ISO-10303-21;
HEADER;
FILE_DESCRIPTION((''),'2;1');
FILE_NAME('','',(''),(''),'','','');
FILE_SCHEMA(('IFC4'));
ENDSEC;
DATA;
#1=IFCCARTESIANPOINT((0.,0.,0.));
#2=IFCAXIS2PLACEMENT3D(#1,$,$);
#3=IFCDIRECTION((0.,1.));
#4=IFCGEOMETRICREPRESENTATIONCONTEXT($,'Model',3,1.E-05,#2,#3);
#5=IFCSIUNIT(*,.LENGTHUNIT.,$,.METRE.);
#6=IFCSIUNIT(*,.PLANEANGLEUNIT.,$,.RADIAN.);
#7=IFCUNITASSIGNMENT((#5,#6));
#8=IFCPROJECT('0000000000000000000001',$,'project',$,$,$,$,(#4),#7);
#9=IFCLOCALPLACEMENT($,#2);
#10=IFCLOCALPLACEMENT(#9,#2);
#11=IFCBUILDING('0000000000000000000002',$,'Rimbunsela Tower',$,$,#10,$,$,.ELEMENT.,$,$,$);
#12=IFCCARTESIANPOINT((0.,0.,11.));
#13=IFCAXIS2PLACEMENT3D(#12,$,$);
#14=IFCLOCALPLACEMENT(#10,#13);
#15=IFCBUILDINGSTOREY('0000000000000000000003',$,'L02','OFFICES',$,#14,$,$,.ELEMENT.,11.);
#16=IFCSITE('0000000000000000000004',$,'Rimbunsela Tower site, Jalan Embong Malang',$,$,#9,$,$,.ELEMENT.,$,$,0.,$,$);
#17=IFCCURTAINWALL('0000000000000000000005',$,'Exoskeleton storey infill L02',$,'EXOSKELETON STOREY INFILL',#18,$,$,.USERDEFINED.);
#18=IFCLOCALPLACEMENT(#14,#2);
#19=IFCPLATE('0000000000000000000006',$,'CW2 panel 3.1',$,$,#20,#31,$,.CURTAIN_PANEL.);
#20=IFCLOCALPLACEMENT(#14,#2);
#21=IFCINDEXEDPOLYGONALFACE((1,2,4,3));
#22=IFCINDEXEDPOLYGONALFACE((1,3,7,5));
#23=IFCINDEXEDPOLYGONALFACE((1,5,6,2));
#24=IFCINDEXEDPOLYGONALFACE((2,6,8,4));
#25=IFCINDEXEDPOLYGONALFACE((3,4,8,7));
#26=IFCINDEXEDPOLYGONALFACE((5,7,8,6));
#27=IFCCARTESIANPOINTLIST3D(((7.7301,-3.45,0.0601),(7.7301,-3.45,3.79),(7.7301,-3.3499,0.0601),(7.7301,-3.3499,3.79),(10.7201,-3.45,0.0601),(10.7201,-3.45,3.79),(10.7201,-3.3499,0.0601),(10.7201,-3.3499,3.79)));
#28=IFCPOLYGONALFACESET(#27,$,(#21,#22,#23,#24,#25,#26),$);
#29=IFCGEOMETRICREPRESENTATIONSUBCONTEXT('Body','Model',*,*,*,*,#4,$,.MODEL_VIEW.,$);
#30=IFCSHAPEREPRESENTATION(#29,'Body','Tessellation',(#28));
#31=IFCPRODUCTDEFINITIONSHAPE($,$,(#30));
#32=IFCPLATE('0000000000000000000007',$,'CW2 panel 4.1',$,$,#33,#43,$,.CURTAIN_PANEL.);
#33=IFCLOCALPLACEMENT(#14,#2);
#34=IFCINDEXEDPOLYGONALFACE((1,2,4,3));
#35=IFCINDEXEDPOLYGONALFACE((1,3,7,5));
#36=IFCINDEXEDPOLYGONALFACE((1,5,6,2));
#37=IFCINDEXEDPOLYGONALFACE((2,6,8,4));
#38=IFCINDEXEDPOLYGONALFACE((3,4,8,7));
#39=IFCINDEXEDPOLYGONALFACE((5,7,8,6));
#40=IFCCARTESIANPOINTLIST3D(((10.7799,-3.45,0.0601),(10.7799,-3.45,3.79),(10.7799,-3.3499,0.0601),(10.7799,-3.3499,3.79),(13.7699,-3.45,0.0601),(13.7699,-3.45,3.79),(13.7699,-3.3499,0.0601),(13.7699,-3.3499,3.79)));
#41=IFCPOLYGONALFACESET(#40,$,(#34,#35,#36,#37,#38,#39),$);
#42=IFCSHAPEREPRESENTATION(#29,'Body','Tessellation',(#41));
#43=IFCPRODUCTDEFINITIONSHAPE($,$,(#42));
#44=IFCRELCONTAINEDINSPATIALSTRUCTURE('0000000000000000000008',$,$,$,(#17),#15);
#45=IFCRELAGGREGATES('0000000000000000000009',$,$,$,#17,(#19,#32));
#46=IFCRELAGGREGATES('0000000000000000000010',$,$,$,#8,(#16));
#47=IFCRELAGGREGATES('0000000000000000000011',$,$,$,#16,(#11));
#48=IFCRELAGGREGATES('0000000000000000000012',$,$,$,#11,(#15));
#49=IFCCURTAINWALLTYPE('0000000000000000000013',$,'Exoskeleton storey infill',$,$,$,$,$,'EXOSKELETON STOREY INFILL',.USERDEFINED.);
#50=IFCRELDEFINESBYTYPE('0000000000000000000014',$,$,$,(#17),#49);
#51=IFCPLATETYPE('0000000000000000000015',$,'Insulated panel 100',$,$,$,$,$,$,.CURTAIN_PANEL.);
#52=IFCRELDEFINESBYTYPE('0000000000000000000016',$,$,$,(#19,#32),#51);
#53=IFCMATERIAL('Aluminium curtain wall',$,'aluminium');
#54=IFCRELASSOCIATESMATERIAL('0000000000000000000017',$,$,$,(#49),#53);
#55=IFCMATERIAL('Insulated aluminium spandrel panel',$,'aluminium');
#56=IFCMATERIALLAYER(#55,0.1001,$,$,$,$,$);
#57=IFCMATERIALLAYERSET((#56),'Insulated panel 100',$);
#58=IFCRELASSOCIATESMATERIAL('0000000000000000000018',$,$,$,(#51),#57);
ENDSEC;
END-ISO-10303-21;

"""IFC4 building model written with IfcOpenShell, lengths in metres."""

from ifc_helpers import new_model, si_unit, direction, frame, origin, origin_2d, place, context, subcontext, project, spatial, rectangle, extrude, material, layer, layer_set, type_object, element, aggregate, save


model = new_model("IFC4")

# Units and contexts
model_context = context("Model", 3, precision=1e-05, world=origin(), true_north=direction((0.0, 1.0)))
body_context = subcontext(model_context, "Body", "Model", "MODEL_VIEW")
ifc_project = project(units=[si_unit("LENGTHUNIT", "METRE"), si_unit("PLANEANGLEUNIT", "RADIAN")], contexts=[model_context])

# Site, building, storey
site_placement = place(None, origin())
site = spatial("IfcSite", under=ifc_project, at=site_placement, Name="Rimbunsela Tower site, Jalan Embong Malang", CompositionType="ELEMENT", RefElevation=0.0)
building_placement = place(site_placement, origin())
building = spatial("IfcBuilding", under=site, at=building_placement, Name="Rimbunsela Tower", CompositionType="ELEMENT")
storey_placement = place(building_placement, frame((0.0, 0.0, 11.0)))
storey = spatial("IfcBuildingStorey", under=building, at=storey_placement, Name="L02", Description="OFFICES", CompositionType="ELEMENT", Elevation=11.0)

# Curtain wall
ifc_material_1 = material(Name="Aluminium curtain wall", Category="aluminium")
curtain_wall_type = type_object("IfcCurtainWallType", Name="Exoskeleton storey infill", ElementType="EXOSKELETON STOREY INFILL", PredefinedType="USERDEFINED", material=ifc_material_1)
curtain_wall_placement = place(storey_placement, origin())
curtain_wall = element("IfcCurtainWall", 1, at=curtain_wall_placement, inside=storey, type_object=curtain_wall_type, Name="Exoskeleton storey infill L02", ObjectType="EXOSKELETON STOREY INFILL", PredefinedType="USERDEFINED")

# Plates
ifc_material_2 = material(Name="Insulated aluminium spandrel panel", Category="aluminium")
ifc_layer = layer(ifc_material_2, 0.1001)
ifc_layer_set = layer_set([ifc_layer], Name="Insulated panel 100")
plate_type = type_object("IfcPlateType", Name="Insulated panel 100", PredefinedType="CURTAIN_PANEL", material=ifc_layer_set)
plate_1_placement = place(storey_placement, frame((9.2251, -3.3999, 0.0601), z_axis=(0.0, 0.0, 1.0), x_axis=(1.0, 0.0, 0.0)))
plate_1 = element("IfcPlate", 2, at=plate_1_placement, type_object=plate_type, Name="CW2 panel 3.1", PredefinedType="CURTAIN_PANEL", context=body_context, shape_type="SweptSolid", body=[
    extrude(rectangle(XDim=2.99, YDim=0.1001, at=origin_2d()), origin(), (0.0, 0.0, 1.0), 3.73),
])
plate_2_placement = place(storey_placement, frame((12.2749, -3.3999, 0.0601), z_axis=(0.0, 0.0, 1.0), x_axis=(1.0, 0.0, 0.0)))
plate_2 = element("IfcPlate", 3, at=plate_2_placement, type_object=plate_type, Name="CW2 panel 4.1", PredefinedType="CURTAIN_PANEL", context=body_context, shape_type="SweptSolid", body=[
    extrude(rectangle(XDim=2.99, YDim=0.1001, at=origin_2d()), origin(), (0.0, 0.0, 1.0), 3.73),
])
aggregate(curtain_wall, [plate_1, plate_2])

save(model, "model.ifc")
